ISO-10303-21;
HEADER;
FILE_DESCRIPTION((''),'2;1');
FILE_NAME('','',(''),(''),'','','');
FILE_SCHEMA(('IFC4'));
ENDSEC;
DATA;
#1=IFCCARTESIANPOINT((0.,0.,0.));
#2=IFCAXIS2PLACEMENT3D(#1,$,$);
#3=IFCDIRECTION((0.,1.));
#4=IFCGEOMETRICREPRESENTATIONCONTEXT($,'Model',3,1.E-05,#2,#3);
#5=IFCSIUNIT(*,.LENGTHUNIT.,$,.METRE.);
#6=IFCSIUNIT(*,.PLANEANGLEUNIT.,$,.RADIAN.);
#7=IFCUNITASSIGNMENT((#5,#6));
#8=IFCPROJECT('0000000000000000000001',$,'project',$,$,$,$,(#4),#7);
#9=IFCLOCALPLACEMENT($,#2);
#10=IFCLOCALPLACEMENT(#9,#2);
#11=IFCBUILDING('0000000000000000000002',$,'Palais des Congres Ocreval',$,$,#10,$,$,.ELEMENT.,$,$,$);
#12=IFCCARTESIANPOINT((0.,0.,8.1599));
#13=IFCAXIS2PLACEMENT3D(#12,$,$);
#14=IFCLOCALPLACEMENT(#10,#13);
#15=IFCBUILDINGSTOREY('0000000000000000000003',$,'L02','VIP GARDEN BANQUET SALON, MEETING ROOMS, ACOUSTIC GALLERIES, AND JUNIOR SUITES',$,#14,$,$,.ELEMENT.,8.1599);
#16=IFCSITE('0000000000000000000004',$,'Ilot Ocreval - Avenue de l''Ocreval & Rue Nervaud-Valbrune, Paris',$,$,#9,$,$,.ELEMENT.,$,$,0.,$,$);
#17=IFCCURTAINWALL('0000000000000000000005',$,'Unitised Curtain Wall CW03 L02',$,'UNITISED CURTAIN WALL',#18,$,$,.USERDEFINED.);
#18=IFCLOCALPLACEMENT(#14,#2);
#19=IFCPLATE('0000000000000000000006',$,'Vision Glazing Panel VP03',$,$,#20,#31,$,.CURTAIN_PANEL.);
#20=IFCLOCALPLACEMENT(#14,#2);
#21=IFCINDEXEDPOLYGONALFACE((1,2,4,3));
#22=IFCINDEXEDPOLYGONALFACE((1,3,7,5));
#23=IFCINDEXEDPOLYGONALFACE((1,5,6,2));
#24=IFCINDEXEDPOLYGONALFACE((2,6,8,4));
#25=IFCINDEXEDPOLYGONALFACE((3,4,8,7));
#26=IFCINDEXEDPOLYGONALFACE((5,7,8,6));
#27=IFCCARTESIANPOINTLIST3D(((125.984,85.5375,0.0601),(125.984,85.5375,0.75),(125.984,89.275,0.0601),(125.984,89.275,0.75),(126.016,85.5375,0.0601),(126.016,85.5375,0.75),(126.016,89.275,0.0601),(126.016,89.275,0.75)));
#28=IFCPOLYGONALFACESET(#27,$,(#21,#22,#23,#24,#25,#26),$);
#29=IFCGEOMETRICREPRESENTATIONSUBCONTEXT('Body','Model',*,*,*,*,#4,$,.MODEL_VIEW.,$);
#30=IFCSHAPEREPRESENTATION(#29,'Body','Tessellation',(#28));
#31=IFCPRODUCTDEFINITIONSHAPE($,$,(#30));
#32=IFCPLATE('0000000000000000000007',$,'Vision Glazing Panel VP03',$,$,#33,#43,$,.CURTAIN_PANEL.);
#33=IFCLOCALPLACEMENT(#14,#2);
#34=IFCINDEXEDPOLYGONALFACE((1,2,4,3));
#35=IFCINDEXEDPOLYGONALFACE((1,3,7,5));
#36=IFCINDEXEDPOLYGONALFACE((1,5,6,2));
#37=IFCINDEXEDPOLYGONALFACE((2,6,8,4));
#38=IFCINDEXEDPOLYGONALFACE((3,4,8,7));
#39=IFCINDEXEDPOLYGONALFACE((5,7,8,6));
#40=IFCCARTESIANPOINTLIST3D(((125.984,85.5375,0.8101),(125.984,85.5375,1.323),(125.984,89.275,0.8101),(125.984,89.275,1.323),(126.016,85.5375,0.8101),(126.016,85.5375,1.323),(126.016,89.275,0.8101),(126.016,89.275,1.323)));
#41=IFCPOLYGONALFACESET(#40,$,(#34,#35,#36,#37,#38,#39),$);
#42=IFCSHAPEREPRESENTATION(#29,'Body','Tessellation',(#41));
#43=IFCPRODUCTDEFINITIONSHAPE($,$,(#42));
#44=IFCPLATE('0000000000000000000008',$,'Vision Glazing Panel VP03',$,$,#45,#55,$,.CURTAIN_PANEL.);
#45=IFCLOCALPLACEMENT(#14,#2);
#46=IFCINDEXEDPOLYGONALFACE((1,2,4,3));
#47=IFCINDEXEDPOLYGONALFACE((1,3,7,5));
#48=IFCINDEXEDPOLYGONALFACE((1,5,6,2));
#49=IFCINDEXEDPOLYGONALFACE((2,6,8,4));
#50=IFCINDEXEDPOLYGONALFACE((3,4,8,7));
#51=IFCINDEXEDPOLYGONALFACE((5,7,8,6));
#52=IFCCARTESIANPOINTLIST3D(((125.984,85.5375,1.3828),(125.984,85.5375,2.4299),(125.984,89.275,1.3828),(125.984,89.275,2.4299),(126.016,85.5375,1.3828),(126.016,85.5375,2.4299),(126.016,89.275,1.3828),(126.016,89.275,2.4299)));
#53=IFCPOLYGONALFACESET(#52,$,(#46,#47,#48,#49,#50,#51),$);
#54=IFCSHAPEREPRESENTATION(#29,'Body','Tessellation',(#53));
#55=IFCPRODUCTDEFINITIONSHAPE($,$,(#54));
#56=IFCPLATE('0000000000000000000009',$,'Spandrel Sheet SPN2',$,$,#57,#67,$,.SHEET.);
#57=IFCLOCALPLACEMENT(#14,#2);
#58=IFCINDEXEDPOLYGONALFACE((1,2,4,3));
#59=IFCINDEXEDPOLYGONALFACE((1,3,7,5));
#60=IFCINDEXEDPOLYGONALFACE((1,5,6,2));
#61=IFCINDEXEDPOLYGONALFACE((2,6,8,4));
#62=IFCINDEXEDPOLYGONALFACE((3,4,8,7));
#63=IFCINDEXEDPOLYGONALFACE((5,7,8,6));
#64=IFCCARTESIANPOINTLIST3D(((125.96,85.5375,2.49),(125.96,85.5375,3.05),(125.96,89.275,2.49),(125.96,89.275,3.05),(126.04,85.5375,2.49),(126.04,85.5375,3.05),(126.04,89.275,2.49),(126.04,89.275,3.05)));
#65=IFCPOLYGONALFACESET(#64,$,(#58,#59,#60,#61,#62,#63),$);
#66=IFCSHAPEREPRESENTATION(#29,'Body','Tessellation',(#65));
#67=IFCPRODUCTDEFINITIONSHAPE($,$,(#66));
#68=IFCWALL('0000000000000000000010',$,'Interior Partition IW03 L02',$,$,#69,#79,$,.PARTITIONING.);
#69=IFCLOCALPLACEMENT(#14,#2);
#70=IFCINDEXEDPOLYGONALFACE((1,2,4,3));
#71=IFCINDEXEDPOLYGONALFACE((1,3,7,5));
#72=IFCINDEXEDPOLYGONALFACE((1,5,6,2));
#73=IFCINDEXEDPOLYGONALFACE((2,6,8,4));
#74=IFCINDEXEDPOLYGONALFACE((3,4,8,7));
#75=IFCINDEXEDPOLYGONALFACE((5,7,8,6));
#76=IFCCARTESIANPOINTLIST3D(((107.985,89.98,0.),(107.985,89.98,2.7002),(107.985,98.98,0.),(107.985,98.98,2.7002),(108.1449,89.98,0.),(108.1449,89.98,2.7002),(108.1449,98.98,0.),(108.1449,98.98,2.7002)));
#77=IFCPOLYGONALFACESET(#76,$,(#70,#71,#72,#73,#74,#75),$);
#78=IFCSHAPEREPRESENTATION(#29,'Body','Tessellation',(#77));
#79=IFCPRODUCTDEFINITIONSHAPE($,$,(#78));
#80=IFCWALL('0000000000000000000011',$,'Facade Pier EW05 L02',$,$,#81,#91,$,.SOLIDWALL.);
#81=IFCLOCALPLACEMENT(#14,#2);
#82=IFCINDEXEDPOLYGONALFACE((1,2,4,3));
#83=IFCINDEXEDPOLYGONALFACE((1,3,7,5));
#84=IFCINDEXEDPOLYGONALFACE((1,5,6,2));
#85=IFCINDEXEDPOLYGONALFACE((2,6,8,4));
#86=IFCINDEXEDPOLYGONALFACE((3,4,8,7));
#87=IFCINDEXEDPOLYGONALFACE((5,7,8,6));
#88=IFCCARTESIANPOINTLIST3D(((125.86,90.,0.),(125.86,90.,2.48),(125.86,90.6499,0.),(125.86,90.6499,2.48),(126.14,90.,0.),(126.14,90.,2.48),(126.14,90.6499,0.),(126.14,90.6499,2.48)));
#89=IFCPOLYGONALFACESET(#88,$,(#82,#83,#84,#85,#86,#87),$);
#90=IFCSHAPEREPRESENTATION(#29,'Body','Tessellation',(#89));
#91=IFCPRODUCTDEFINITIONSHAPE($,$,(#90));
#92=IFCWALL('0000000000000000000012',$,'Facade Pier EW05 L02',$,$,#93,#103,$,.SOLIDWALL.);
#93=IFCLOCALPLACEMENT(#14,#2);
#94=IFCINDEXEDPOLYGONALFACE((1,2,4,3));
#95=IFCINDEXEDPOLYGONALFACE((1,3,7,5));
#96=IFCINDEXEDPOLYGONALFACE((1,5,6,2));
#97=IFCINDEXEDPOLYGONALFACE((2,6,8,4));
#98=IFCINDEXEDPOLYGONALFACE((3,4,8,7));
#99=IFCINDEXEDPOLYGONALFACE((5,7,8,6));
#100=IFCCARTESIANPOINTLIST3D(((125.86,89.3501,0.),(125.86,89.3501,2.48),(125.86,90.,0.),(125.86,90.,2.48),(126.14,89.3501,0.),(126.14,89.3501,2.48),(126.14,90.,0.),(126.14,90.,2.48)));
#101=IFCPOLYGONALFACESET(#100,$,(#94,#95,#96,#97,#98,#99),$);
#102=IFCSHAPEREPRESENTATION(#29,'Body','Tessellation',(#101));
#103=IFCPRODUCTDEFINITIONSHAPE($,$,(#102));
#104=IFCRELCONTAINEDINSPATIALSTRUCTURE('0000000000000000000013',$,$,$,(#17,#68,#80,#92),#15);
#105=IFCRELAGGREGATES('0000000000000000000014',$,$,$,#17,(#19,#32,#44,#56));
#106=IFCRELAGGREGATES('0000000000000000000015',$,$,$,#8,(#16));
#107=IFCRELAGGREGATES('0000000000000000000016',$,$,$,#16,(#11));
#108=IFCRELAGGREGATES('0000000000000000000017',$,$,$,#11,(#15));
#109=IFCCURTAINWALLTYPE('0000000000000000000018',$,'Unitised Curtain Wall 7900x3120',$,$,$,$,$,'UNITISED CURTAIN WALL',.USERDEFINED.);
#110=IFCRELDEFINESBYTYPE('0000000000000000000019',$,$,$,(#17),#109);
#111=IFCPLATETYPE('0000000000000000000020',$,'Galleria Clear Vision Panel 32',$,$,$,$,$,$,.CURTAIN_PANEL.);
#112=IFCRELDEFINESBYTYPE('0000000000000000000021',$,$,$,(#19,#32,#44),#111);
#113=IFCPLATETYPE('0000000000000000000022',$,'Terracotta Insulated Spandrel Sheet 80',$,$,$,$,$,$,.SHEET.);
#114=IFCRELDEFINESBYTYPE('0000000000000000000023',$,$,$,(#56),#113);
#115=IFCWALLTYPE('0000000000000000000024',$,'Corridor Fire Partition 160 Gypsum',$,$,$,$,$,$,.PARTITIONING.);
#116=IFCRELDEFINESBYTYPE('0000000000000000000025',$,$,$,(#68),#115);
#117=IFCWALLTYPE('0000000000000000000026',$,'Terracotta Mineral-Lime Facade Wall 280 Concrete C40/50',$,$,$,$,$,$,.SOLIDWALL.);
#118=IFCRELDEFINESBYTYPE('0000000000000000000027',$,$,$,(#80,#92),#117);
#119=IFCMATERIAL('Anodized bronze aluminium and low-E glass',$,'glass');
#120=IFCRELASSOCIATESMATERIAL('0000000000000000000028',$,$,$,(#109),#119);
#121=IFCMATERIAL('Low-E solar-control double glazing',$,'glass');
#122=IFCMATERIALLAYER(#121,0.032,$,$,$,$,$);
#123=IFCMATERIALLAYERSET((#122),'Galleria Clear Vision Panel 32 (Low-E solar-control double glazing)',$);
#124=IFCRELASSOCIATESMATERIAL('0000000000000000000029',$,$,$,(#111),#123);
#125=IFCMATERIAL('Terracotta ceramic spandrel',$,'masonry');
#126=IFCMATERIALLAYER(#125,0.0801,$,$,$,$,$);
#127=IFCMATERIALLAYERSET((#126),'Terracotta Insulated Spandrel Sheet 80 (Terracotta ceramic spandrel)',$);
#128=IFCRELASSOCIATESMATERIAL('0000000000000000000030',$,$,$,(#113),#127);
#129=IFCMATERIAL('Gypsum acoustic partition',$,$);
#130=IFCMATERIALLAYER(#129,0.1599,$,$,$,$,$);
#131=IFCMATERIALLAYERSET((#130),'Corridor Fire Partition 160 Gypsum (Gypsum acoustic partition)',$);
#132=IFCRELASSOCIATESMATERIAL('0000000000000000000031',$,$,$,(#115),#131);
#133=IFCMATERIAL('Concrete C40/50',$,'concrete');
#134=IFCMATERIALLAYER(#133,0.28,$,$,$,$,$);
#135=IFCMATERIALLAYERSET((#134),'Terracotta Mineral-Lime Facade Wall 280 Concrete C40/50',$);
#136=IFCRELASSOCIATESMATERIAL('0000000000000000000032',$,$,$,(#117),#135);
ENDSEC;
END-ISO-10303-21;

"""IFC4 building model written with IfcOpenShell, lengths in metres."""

from ifc_helpers import new_model, si_unit, direction, frame, frame_2d, origin, origin_2d, place, context, subcontext, project, spatial, rectangle, extrude, material, layer, layer_set, type_object, element, aggregate, save


model = new_model("IFC4")

# Units and contexts
model_context = context("Model", 3, precision=1e-05, world=origin(), true_north=direction((0.0, 1.0)))
body_context = subcontext(model_context, "Body", "Model", "MODEL_VIEW")
ifc_project = project(units=[si_unit("LENGTHUNIT", "METRE"), si_unit("PLANEANGLEUNIT", "RADIAN")], contexts=[model_context])

# Site, building, storey
site_placement = place(None, origin())
site = spatial("IfcSite", under=ifc_project, at=site_placement, Name="Ilot Ocreval - Avenue de l'Ocreval & Rue Nervaud-Valbrune, Paris", CompositionType="ELEMENT", RefElevation=0.0)
building_placement = place(site_placement, origin())
building = spatial("IfcBuilding", under=site, at=building_placement, Name="Palais des Congres Ocreval", CompositionType="ELEMENT")
storey_placement = place(building_placement, frame((0.0, 0.0, 8.1599)))
storey = spatial("IfcBuildingStorey", under=building, at=storey_placement, Name="L02", Description="VIP GARDEN BANQUET SALON, MEETING ROOMS, ACOUSTIC GALLERIES, AND JUNIOR SUITES", CompositionType="ELEMENT", Elevation=8.1599)

# Shared definitions
ifc_material_1 = material(Name="Anodized bronze aluminium and low-E glass", Category="glass")
curtain_wall_type = type_object("IfcCurtainWallType", Name="Unitised Curtain Wall 7900x3120", ElementType="UNITISED CURTAIN WALL", PredefinedType="USERDEFINED", material=ifc_material_1)

# Curtain wall
curtain_wall_1_placement = place(storey_placement, origin())
curtain_wall_1 = element("IfcCurtainWall", 1, at=curtain_wall_1_placement, inside=storey, type_object=curtain_wall_type, Name="Unitised Curtain Wall CW03 L02", ObjectType="UNITISED CURTAIN WALL", PredefinedType="USERDEFINED")

# Plates
ifc_material_2 = material(Name="Low-E solar-control double glazing", Category="glass")
ifc_layer_1 = layer(ifc_material_2, 0.032)
ifc_layer_set_1 = layer_set([ifc_layer_1], Name="Galleria Clear Vision Panel 32 (Low-E solar-control double glazing)")
plate_type_1 = type_object("IfcPlateType", Name="Galleria Clear Vision Panel 32", PredefinedType="CURTAIN_PANEL", material=ifc_layer_set_1)
plate_1_placement = place(storey_placement, frame((126.0, 87.4062, 0.0601), z_axis=(0.0, 0.0, 1.0), x_axis=(0.0, -1.0, 0.0)))
plate_1 = element("IfcPlate", 2, at=plate_1_placement, type_object=plate_type_1, Name="Vision Glazing Panel VP03", PredefinedType="CURTAIN_PANEL", context=body_context, shape_type="SweptSolid", body=[
    extrude(rectangle(XDim=3.7375, YDim=0.032, at=origin_2d()), origin(), (0.0, 0.0, 1.0), 0.6899),
])
plate_2_placement = place(storey_placement, frame((126.0, 87.4062, 0.8101), z_axis=(0.0, 0.0, 1.0), x_axis=(0.0, -1.0, 0.0)))
plate_2 = element("IfcPlate", 3, at=plate_2_placement, type_object=plate_type_1, Name="Vision Glazing Panel VP03", PredefinedType="CURTAIN_PANEL", context=body_context, shape_type="SweptSolid", body=[
    extrude(rectangle(XDim=3.7375, YDim=0.032, at=origin_2d()), origin(), (0.0, 0.0, 1.0), 0.5129),
])
plate_3_placement = place(storey_placement, frame((126.0, 87.4062, 1.3828), z_axis=(0.0, 0.0, 1.0), x_axis=(0.0, -1.0, 0.0)))
plate_3 = element("IfcPlate", 4, at=plate_3_placement, type_object=plate_type_1, Name="Vision Glazing Panel VP03", PredefinedType="CURTAIN_PANEL", context=body_context, shape_type="SweptSolid", body=[
    extrude(rectangle(XDim=3.7375, YDim=0.032, at=origin_2d()), origin(), (0.0, 0.0, 1.0), 1.0471),
])
ifc_material_3 = material(Name="Terracotta ceramic spandrel", Category="masonry")
ifc_layer_2 = layer(ifc_material_3, 0.0801)
ifc_layer_set_2 = layer_set([ifc_layer_2], Name="Terracotta Insulated Spandrel Sheet 80 (Terracotta ceramic spandrel)")
plate_type_2 = type_object("IfcPlateType", Name="Terracotta Insulated Spandrel Sheet 80", PredefinedType="SHEET", material=ifc_layer_set_2)
plate_4_placement = place(storey_placement, frame((126.0, 87.4062, 2.49), z_axis=(0.0, 0.0, 1.0), x_axis=(0.0, -1.0, 0.0)))
plate_4 = element("IfcPlate", 5, at=plate_4_placement, type_object=plate_type_2, Name="Spandrel Sheet SPN2", PredefinedType="SHEET", context=body_context, shape_type="SweptSolid", body=[
    extrude(rectangle(XDim=3.7375, YDim=0.0801, at=origin_2d()), origin(), (0.0, 0.0, 1.0), 0.5601),
])
aggregate(curtain_wall_1, [plate_1, plate_2, plate_3, plate_4])

# Walls
ifc_material_4 = material(Name="Gypsum acoustic partition")
ifc_layer_3 = layer(ifc_material_4, 0.1599)
ifc_layer_set_3 = layer_set([ifc_layer_3], Name="Corridor Fire Partition 160 Gypsum (Gypsum acoustic partition)")
wall_type_1 = type_object("IfcWallType", Name="Corridor Fire Partition 160 Gypsum", PredefinedType="PARTITIONING", material=ifc_layer_set_3)
wall_placement = place(storey_placement, frame((108.0649, 89.98, 0.0), z_axis=(0.0, 0.0, 1.0), x_axis=(0.0, 1.0, 0.0)))
element("IfcWall", 6, at=wall_placement, inside=storey, type_object=wall_type_1, Name="Interior Partition IW03 L02", PredefinedType="PARTITIONING", context=body_context, shape_type="SweptSolid", body=[
    extrude(rectangle(XDim=9.0, YDim=0.1599, at=frame_2d((4.5, 0.0))), origin(), (0.0, 0.0, 1.0), 2.7002),
])
ifc_material_5 = material(Name="Concrete C40/50", Category="concrete")
ifc_layer_4 = layer(ifc_material_5, 0.28)
ifc_layer_set_4 = layer_set([ifc_layer_4], Name="Terracotta Mineral-Lime Facade Wall 280 Concrete C40/50")
wall_type_2 = type_object("IfcWallType", Name="Terracotta Mineral-Lime Facade Wall 280 Concrete C40/50", PredefinedType="SOLIDWALL", material=ifc_layer_set_4)
for number, where, z_axis, x_axis, name in (
    (7, (126.0, 90.6499, 0.0), (0.0, 0.0, 1.0), (0.0, -1.0, 0.0), "Facade Pier EW05 L02"),
    (8, (126.0, 90.0, 0.0), (0.0, 0.0, 1.0), (0.0, -1.0, 0.0), "Facade Pier EW05 L02"),
):
    element("IfcWall", number, at=place(storey_placement, frame(where, z_axis=z_axis, x_axis=x_axis)), inside=storey, type_object=wall_type_2, Name=name, PredefinedType="SOLIDWALL", context=body_context, shape_type="SweptSolid", body=[
        extrude(rectangle(XDim=0.6499, YDim=0.28, at=frame_2d((0.325, 0.0))), origin(), (0.0, 0.0, 1.0), 2.48),
    ])

save(model, "model.ifc")
